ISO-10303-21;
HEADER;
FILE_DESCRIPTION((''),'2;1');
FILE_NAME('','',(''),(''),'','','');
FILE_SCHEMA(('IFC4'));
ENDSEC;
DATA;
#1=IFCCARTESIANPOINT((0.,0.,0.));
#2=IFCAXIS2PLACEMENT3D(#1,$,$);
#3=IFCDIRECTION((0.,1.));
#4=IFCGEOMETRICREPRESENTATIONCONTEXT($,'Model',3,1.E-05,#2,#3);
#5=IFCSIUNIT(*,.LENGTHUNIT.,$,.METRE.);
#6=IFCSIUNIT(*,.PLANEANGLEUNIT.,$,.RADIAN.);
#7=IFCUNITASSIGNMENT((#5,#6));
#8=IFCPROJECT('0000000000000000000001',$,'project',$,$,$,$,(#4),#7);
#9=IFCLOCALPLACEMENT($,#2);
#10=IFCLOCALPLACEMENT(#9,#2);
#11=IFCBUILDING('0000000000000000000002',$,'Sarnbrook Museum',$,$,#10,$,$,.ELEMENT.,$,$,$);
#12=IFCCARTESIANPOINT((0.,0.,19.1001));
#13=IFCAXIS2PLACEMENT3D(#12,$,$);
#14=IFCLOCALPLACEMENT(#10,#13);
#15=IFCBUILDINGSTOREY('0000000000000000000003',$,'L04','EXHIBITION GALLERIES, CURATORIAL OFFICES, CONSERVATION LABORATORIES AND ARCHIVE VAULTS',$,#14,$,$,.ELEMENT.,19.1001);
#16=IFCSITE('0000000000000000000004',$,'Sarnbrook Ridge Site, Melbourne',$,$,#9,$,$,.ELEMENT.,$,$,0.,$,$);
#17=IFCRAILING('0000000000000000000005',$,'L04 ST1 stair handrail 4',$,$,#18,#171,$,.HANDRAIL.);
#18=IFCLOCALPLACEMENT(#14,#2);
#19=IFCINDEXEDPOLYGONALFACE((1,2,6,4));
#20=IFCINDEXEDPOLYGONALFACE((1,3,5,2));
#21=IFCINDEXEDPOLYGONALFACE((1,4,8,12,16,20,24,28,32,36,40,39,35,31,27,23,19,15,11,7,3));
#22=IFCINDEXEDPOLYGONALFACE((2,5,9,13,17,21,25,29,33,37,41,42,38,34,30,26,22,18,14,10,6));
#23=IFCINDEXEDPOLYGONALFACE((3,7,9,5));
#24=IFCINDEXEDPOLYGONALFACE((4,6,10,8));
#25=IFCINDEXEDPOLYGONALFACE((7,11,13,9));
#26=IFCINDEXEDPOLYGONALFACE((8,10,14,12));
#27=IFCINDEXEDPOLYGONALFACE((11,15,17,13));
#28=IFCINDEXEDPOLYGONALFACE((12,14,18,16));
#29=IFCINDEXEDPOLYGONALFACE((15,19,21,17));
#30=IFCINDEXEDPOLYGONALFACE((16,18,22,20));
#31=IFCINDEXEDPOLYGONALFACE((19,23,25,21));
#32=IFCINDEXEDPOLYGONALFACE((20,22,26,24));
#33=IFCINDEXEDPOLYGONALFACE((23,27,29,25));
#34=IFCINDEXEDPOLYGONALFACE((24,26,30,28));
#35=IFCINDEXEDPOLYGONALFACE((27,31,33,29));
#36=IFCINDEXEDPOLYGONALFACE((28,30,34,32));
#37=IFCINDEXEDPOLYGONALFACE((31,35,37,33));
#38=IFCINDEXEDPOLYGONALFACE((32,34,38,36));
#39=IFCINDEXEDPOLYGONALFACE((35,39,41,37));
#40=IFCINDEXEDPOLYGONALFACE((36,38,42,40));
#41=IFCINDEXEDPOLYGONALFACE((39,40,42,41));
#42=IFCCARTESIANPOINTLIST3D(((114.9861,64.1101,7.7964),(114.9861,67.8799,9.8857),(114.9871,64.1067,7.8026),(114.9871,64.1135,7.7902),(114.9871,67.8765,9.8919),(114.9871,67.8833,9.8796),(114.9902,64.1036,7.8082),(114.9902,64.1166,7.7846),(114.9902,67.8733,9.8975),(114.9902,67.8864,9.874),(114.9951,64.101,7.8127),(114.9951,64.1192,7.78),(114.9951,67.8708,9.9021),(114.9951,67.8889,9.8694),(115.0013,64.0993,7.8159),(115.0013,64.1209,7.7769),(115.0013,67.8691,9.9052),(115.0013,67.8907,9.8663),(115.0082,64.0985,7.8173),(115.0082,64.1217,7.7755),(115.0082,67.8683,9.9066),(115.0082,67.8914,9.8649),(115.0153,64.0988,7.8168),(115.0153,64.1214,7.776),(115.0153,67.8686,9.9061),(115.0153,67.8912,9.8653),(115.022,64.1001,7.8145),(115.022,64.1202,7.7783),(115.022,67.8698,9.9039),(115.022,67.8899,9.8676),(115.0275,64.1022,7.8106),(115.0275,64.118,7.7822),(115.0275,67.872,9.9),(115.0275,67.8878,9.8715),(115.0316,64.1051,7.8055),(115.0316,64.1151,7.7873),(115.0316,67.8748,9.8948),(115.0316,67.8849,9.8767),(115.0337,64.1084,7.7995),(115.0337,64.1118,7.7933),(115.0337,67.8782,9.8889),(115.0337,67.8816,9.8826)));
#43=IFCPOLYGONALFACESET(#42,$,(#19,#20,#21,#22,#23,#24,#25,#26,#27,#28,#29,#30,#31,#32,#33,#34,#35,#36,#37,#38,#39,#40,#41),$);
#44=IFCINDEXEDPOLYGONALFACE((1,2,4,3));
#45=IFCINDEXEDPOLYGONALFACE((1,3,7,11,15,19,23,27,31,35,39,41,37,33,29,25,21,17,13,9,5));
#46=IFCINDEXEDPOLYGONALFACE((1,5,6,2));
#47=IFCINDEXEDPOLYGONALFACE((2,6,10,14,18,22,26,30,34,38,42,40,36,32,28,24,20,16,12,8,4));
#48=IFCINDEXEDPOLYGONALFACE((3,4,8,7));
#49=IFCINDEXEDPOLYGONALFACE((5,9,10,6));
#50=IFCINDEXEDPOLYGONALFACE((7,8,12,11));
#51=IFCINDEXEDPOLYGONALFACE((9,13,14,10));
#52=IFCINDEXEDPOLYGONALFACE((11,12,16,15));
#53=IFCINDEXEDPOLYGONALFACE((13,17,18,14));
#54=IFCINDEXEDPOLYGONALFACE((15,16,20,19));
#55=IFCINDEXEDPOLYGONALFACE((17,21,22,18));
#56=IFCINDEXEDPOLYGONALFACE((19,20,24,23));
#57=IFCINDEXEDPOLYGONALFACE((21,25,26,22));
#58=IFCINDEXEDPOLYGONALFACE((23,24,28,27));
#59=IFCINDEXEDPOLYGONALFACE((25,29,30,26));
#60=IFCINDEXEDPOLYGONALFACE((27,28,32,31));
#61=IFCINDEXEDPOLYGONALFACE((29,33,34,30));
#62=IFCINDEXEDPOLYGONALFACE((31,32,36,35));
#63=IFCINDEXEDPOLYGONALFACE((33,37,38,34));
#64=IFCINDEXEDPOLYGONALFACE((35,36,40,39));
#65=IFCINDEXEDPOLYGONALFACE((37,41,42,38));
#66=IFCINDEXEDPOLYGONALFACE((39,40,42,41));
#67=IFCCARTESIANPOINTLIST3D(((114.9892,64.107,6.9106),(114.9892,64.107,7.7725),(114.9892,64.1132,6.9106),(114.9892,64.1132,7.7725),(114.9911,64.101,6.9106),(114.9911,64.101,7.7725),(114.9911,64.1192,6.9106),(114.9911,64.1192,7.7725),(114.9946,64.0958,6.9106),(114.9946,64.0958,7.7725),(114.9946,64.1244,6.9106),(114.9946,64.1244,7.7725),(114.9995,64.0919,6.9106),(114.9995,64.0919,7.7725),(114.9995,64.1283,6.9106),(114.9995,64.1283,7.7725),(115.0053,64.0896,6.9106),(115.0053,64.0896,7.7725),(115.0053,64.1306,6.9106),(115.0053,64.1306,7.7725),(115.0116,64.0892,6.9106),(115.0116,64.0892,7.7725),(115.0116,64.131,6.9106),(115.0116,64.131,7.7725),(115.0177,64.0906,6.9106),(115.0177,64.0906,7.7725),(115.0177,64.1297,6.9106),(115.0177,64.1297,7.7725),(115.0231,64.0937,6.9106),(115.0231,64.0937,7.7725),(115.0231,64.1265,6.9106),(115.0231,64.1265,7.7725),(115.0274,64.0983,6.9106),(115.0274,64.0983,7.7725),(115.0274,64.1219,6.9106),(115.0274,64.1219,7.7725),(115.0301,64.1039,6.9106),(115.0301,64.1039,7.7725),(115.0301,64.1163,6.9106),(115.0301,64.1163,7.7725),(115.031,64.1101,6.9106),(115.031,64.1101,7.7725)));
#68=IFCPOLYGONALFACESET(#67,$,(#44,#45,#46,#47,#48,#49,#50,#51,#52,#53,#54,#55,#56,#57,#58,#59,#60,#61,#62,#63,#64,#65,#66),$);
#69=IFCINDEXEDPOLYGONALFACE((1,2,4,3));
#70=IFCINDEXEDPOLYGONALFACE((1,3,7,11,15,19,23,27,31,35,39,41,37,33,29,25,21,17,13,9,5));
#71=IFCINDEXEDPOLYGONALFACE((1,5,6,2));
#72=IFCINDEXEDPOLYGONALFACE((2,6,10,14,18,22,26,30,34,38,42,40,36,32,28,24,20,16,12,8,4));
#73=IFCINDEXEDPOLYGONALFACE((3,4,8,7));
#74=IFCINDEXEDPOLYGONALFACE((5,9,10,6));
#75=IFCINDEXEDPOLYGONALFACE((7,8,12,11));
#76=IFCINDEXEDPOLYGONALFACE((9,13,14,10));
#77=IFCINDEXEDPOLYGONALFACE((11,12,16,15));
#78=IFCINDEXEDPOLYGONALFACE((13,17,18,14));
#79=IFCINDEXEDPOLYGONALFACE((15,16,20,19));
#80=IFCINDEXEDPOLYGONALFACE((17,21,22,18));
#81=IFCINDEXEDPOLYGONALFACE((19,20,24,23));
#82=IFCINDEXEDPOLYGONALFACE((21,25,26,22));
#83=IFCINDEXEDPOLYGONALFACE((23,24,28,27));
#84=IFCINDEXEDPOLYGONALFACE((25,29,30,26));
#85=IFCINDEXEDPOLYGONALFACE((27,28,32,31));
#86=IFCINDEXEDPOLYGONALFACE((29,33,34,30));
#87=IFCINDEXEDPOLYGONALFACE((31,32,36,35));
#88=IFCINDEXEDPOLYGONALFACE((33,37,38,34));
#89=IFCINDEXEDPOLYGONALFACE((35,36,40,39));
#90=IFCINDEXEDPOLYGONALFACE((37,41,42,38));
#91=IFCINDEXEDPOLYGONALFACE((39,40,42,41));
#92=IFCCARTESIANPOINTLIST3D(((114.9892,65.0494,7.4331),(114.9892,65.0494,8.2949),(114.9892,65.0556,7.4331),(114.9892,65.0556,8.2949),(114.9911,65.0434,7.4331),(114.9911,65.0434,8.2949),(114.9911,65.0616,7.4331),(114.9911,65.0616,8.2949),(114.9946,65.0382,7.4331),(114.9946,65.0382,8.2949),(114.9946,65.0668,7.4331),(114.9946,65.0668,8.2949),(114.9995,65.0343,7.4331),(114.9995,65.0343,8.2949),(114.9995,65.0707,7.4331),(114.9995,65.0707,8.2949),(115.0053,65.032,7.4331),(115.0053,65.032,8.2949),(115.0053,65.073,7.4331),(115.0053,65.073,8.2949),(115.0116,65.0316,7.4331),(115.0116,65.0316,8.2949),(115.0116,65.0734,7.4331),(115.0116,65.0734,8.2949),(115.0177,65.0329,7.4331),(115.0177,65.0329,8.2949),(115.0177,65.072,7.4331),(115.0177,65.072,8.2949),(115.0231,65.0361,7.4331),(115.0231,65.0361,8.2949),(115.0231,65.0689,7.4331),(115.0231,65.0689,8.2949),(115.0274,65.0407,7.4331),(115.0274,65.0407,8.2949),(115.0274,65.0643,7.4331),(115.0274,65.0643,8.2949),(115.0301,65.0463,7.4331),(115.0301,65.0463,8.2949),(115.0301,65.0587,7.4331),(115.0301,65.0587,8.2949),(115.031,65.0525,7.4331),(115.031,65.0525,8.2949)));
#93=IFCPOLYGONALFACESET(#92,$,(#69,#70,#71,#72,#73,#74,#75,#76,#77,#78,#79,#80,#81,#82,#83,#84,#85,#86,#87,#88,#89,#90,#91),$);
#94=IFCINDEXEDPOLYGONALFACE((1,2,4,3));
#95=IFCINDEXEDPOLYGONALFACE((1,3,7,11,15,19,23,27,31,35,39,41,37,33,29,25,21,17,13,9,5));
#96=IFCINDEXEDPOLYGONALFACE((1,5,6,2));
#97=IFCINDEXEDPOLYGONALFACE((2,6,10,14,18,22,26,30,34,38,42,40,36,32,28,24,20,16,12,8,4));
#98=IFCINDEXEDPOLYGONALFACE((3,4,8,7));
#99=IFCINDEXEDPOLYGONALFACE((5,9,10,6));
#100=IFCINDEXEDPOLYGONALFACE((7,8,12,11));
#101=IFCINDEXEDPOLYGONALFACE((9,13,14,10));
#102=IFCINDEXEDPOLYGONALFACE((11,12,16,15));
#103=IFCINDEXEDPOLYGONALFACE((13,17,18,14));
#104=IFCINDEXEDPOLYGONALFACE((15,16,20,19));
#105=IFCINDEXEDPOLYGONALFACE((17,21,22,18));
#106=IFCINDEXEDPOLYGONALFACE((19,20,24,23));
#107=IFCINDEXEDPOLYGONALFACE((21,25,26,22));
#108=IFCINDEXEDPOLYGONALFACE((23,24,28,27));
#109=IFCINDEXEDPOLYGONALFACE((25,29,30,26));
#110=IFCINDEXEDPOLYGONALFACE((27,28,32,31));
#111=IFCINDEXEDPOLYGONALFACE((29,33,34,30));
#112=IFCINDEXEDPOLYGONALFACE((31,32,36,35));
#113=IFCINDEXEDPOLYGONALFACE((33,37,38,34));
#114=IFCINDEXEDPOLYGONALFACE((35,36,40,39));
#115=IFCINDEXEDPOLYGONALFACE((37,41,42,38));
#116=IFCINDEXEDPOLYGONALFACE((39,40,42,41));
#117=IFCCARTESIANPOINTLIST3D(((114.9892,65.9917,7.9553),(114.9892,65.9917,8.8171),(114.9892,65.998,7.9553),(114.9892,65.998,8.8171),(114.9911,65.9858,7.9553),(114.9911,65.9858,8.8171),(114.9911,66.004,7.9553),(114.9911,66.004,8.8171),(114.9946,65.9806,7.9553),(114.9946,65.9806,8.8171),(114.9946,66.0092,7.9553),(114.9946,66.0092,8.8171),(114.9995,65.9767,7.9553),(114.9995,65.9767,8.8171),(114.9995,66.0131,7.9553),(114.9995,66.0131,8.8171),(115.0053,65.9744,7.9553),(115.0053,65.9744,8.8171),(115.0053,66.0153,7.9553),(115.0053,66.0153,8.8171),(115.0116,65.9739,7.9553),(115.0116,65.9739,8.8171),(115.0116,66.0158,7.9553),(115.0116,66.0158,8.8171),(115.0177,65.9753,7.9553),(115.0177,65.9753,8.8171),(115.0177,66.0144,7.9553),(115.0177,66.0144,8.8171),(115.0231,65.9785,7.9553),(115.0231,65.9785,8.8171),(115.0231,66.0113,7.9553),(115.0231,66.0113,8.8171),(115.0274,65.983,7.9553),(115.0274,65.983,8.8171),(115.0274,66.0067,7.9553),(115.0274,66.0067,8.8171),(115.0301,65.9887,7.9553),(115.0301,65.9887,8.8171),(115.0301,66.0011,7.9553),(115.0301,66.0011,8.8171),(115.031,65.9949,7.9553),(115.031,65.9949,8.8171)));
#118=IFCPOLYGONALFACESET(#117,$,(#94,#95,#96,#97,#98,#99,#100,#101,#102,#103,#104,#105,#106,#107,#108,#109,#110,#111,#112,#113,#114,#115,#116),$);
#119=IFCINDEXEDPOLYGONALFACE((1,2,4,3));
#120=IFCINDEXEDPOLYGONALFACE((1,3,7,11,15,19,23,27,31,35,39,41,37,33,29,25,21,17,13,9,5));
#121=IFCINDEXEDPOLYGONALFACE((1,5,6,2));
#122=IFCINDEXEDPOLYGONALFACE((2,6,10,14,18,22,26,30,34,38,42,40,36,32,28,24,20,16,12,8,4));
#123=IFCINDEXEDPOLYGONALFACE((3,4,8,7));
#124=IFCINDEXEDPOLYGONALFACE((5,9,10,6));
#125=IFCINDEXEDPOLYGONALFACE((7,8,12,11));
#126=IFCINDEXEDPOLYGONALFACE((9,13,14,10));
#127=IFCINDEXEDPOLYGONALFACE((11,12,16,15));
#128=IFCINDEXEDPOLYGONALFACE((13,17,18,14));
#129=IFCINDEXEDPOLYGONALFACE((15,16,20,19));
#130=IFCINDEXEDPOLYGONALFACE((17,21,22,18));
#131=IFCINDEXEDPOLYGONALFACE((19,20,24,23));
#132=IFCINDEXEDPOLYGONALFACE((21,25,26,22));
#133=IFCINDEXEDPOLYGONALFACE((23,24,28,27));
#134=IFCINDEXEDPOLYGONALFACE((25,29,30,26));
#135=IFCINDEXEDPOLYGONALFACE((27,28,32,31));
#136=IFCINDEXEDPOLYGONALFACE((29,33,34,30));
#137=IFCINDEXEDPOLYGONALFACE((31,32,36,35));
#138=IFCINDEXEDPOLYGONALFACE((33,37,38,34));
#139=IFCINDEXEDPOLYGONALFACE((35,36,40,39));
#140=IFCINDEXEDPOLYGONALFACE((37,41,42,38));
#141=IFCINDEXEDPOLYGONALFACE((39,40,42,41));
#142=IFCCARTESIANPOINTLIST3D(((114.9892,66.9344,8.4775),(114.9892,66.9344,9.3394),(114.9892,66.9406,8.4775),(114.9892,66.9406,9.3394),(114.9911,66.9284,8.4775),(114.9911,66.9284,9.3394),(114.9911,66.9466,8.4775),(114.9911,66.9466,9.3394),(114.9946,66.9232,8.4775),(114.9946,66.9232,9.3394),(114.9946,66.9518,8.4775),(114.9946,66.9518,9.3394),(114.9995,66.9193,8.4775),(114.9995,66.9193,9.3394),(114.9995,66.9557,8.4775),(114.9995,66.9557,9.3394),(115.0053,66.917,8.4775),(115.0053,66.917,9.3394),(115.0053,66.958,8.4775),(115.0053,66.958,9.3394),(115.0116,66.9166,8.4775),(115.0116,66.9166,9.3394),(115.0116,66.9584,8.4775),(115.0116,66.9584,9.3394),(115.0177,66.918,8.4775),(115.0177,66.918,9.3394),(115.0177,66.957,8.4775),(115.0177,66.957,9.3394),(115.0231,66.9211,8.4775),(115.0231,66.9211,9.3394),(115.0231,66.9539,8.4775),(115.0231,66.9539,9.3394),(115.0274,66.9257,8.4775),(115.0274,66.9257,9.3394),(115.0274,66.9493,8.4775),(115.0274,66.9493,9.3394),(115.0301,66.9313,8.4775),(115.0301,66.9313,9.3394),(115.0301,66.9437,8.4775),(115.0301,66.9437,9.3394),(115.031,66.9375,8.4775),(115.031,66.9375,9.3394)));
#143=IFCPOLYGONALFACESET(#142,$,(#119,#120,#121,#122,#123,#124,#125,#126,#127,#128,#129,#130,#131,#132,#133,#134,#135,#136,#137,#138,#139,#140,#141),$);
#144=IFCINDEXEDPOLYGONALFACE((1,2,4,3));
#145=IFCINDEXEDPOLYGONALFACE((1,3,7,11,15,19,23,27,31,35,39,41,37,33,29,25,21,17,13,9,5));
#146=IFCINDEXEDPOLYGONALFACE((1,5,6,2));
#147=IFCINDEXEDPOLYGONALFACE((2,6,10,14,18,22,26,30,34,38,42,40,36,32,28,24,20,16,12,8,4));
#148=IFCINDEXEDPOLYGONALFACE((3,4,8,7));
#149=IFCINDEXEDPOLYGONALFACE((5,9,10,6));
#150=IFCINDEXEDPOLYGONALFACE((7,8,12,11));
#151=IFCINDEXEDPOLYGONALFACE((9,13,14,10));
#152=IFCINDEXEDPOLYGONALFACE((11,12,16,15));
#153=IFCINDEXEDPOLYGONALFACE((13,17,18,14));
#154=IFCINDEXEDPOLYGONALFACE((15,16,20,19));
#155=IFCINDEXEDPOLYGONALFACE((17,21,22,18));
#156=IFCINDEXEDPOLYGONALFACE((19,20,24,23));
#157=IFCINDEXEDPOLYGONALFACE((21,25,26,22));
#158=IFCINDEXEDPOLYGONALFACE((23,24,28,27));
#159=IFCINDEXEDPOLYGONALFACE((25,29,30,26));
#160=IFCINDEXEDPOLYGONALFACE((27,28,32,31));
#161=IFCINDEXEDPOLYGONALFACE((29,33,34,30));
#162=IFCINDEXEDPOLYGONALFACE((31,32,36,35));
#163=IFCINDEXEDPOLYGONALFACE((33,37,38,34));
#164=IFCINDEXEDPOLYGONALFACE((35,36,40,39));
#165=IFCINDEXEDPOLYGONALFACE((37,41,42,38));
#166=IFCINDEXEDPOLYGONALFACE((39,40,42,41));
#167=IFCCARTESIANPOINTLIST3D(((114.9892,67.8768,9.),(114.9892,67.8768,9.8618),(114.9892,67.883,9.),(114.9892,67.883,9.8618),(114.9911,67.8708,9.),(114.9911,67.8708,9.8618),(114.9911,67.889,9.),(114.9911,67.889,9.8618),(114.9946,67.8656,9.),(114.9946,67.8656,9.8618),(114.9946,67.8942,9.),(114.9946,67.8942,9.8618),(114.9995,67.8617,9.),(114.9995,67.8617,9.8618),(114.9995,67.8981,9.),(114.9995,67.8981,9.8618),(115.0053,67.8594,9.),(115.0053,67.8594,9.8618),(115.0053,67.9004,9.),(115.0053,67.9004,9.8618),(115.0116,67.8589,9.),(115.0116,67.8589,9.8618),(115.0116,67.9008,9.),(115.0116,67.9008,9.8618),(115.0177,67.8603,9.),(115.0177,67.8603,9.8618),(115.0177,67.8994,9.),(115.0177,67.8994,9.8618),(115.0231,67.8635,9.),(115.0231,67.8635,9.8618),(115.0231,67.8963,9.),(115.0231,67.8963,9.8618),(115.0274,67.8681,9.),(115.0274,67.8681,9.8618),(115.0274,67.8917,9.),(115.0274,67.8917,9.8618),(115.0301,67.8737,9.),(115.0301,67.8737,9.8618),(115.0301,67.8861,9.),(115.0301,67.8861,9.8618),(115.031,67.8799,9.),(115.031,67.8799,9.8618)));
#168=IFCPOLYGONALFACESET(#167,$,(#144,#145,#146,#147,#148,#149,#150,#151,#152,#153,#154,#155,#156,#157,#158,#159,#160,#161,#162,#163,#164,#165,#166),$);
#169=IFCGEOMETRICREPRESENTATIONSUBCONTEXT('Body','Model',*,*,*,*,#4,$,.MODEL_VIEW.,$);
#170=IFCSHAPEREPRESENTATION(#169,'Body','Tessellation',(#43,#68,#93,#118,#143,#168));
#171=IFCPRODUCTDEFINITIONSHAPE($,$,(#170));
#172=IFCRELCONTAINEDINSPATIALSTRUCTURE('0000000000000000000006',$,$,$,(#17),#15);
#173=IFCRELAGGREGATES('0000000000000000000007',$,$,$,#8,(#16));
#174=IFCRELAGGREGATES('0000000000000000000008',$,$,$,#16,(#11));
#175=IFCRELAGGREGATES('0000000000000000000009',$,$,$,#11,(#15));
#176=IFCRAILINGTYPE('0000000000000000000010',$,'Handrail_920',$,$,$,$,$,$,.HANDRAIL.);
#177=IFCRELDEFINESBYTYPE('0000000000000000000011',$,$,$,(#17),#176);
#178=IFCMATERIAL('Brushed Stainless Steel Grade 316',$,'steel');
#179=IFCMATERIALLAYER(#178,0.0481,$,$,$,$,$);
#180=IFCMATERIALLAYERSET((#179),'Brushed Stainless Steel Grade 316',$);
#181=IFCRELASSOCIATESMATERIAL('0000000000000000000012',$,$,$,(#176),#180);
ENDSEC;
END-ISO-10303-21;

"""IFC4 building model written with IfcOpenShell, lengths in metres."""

from ifc_helpers import new_model, si_unit, direction, frame, origin, origin_2d, place, context, subcontext, project, spatial, circle, extrude, material, layer, layer_set, type_object, element, save


model = new_model("IFC4")

# Units and contexts
model_context = context("Model", 3, precision=1e-05, world=origin(), true_north=direction((0.0, 1.0)))
body_context = subcontext(model_context, "Body", "Model", "MODEL_VIEW")
ifc_project = project(units=[si_unit("LENGTHUNIT", "METRE"), si_unit("PLANEANGLEUNIT", "RADIAN")], contexts=[model_context])

# Site, building, storey
site_placement = place(None, origin())
site = spatial("IfcSite", under=ifc_project, at=site_placement, Name="Sarnbrook Ridge Site, Melbourne", CompositionType="ELEMENT", RefElevation=0.0)
building_placement = place(site_placement, origin())
building = spatial("IfcBuilding", under=site, at=building_placement, Name="Sarnbrook Museum", CompositionType="ELEMENT")
storey_placement = place(building_placement, frame((0.0, 0.0, 19.1001)))
storey = spatial("IfcBuildingStorey", under=building, at=storey_placement, Name="L04", Description="EXHIBITION GALLERIES, CURATORIAL OFFICES, CONSERVATION LABORATORIES AND ARCHIVE VAULTS", CompositionType="ELEMENT", Elevation=19.1001)

# Shared definitions
ifc_material_1 = material(Name="Brushed Stainless Steel Grade 316", Category="steel")

# Railing
ifc_layer_1 = layer(ifc_material_1, 0.0481)
ifc_layer_set_1 = layer_set([ifc_layer_1], Name="Brushed Stainless Steel Grade 316")
railing_type_1 = type_object("IfcRailingType", Name="Handrail_920", PredefinedType="HANDRAIL", material=ifc_layer_set_1)
for number, where, name in (
    (1, (115.01, 64.1101, 6.9106), "L04 ST1 stair handrail 4"),
):
    element("IfcRailing", number, at=place(storey_placement, frame(where)), inside=storey, type_object=railing_type_1, Name=name, PredefinedType="HANDRAIL", context=body_context, shape_type="SweptSolid", body=[
        extrude(circle(Radius=0.0239, at=origin_2d()), frame((0.0, 0.0, 0.8857), z_axis=(0.0, 0.874646, 0.484763), x_axis=(-1.0, 0.0, 0.0)), (0.0, 0.0, 1.0), 4.3101),
        extrude(circle(Radius=0.021, at=origin_2d()), origin(), (0.0, 0.0, 1.0), 0.8618),
        extrude(circle(Radius=0.021, at=origin_2d()), frame((0.0, 0.9424, 0.5225)), (0.0, 0.0, 1.0), 0.8618),
        extrude(circle(Radius=0.021, at=origin_2d()), frame((0.0, 1.8848, 1.0447)), (0.0, 0.0, 1.0), 0.8618),
        extrude(circle(Radius=0.021, at=origin_2d()), frame((0.0, 2.8274, 1.5669)), (0.0, 0.0, 1.0), 0.8618),
        extrude(circle(Radius=0.021, at=origin_2d()), frame((0.0, 3.7698, 2.0894)), (0.0, 0.0, 1.0), 0.8618),
    ])

save(model, "model.ifc")
